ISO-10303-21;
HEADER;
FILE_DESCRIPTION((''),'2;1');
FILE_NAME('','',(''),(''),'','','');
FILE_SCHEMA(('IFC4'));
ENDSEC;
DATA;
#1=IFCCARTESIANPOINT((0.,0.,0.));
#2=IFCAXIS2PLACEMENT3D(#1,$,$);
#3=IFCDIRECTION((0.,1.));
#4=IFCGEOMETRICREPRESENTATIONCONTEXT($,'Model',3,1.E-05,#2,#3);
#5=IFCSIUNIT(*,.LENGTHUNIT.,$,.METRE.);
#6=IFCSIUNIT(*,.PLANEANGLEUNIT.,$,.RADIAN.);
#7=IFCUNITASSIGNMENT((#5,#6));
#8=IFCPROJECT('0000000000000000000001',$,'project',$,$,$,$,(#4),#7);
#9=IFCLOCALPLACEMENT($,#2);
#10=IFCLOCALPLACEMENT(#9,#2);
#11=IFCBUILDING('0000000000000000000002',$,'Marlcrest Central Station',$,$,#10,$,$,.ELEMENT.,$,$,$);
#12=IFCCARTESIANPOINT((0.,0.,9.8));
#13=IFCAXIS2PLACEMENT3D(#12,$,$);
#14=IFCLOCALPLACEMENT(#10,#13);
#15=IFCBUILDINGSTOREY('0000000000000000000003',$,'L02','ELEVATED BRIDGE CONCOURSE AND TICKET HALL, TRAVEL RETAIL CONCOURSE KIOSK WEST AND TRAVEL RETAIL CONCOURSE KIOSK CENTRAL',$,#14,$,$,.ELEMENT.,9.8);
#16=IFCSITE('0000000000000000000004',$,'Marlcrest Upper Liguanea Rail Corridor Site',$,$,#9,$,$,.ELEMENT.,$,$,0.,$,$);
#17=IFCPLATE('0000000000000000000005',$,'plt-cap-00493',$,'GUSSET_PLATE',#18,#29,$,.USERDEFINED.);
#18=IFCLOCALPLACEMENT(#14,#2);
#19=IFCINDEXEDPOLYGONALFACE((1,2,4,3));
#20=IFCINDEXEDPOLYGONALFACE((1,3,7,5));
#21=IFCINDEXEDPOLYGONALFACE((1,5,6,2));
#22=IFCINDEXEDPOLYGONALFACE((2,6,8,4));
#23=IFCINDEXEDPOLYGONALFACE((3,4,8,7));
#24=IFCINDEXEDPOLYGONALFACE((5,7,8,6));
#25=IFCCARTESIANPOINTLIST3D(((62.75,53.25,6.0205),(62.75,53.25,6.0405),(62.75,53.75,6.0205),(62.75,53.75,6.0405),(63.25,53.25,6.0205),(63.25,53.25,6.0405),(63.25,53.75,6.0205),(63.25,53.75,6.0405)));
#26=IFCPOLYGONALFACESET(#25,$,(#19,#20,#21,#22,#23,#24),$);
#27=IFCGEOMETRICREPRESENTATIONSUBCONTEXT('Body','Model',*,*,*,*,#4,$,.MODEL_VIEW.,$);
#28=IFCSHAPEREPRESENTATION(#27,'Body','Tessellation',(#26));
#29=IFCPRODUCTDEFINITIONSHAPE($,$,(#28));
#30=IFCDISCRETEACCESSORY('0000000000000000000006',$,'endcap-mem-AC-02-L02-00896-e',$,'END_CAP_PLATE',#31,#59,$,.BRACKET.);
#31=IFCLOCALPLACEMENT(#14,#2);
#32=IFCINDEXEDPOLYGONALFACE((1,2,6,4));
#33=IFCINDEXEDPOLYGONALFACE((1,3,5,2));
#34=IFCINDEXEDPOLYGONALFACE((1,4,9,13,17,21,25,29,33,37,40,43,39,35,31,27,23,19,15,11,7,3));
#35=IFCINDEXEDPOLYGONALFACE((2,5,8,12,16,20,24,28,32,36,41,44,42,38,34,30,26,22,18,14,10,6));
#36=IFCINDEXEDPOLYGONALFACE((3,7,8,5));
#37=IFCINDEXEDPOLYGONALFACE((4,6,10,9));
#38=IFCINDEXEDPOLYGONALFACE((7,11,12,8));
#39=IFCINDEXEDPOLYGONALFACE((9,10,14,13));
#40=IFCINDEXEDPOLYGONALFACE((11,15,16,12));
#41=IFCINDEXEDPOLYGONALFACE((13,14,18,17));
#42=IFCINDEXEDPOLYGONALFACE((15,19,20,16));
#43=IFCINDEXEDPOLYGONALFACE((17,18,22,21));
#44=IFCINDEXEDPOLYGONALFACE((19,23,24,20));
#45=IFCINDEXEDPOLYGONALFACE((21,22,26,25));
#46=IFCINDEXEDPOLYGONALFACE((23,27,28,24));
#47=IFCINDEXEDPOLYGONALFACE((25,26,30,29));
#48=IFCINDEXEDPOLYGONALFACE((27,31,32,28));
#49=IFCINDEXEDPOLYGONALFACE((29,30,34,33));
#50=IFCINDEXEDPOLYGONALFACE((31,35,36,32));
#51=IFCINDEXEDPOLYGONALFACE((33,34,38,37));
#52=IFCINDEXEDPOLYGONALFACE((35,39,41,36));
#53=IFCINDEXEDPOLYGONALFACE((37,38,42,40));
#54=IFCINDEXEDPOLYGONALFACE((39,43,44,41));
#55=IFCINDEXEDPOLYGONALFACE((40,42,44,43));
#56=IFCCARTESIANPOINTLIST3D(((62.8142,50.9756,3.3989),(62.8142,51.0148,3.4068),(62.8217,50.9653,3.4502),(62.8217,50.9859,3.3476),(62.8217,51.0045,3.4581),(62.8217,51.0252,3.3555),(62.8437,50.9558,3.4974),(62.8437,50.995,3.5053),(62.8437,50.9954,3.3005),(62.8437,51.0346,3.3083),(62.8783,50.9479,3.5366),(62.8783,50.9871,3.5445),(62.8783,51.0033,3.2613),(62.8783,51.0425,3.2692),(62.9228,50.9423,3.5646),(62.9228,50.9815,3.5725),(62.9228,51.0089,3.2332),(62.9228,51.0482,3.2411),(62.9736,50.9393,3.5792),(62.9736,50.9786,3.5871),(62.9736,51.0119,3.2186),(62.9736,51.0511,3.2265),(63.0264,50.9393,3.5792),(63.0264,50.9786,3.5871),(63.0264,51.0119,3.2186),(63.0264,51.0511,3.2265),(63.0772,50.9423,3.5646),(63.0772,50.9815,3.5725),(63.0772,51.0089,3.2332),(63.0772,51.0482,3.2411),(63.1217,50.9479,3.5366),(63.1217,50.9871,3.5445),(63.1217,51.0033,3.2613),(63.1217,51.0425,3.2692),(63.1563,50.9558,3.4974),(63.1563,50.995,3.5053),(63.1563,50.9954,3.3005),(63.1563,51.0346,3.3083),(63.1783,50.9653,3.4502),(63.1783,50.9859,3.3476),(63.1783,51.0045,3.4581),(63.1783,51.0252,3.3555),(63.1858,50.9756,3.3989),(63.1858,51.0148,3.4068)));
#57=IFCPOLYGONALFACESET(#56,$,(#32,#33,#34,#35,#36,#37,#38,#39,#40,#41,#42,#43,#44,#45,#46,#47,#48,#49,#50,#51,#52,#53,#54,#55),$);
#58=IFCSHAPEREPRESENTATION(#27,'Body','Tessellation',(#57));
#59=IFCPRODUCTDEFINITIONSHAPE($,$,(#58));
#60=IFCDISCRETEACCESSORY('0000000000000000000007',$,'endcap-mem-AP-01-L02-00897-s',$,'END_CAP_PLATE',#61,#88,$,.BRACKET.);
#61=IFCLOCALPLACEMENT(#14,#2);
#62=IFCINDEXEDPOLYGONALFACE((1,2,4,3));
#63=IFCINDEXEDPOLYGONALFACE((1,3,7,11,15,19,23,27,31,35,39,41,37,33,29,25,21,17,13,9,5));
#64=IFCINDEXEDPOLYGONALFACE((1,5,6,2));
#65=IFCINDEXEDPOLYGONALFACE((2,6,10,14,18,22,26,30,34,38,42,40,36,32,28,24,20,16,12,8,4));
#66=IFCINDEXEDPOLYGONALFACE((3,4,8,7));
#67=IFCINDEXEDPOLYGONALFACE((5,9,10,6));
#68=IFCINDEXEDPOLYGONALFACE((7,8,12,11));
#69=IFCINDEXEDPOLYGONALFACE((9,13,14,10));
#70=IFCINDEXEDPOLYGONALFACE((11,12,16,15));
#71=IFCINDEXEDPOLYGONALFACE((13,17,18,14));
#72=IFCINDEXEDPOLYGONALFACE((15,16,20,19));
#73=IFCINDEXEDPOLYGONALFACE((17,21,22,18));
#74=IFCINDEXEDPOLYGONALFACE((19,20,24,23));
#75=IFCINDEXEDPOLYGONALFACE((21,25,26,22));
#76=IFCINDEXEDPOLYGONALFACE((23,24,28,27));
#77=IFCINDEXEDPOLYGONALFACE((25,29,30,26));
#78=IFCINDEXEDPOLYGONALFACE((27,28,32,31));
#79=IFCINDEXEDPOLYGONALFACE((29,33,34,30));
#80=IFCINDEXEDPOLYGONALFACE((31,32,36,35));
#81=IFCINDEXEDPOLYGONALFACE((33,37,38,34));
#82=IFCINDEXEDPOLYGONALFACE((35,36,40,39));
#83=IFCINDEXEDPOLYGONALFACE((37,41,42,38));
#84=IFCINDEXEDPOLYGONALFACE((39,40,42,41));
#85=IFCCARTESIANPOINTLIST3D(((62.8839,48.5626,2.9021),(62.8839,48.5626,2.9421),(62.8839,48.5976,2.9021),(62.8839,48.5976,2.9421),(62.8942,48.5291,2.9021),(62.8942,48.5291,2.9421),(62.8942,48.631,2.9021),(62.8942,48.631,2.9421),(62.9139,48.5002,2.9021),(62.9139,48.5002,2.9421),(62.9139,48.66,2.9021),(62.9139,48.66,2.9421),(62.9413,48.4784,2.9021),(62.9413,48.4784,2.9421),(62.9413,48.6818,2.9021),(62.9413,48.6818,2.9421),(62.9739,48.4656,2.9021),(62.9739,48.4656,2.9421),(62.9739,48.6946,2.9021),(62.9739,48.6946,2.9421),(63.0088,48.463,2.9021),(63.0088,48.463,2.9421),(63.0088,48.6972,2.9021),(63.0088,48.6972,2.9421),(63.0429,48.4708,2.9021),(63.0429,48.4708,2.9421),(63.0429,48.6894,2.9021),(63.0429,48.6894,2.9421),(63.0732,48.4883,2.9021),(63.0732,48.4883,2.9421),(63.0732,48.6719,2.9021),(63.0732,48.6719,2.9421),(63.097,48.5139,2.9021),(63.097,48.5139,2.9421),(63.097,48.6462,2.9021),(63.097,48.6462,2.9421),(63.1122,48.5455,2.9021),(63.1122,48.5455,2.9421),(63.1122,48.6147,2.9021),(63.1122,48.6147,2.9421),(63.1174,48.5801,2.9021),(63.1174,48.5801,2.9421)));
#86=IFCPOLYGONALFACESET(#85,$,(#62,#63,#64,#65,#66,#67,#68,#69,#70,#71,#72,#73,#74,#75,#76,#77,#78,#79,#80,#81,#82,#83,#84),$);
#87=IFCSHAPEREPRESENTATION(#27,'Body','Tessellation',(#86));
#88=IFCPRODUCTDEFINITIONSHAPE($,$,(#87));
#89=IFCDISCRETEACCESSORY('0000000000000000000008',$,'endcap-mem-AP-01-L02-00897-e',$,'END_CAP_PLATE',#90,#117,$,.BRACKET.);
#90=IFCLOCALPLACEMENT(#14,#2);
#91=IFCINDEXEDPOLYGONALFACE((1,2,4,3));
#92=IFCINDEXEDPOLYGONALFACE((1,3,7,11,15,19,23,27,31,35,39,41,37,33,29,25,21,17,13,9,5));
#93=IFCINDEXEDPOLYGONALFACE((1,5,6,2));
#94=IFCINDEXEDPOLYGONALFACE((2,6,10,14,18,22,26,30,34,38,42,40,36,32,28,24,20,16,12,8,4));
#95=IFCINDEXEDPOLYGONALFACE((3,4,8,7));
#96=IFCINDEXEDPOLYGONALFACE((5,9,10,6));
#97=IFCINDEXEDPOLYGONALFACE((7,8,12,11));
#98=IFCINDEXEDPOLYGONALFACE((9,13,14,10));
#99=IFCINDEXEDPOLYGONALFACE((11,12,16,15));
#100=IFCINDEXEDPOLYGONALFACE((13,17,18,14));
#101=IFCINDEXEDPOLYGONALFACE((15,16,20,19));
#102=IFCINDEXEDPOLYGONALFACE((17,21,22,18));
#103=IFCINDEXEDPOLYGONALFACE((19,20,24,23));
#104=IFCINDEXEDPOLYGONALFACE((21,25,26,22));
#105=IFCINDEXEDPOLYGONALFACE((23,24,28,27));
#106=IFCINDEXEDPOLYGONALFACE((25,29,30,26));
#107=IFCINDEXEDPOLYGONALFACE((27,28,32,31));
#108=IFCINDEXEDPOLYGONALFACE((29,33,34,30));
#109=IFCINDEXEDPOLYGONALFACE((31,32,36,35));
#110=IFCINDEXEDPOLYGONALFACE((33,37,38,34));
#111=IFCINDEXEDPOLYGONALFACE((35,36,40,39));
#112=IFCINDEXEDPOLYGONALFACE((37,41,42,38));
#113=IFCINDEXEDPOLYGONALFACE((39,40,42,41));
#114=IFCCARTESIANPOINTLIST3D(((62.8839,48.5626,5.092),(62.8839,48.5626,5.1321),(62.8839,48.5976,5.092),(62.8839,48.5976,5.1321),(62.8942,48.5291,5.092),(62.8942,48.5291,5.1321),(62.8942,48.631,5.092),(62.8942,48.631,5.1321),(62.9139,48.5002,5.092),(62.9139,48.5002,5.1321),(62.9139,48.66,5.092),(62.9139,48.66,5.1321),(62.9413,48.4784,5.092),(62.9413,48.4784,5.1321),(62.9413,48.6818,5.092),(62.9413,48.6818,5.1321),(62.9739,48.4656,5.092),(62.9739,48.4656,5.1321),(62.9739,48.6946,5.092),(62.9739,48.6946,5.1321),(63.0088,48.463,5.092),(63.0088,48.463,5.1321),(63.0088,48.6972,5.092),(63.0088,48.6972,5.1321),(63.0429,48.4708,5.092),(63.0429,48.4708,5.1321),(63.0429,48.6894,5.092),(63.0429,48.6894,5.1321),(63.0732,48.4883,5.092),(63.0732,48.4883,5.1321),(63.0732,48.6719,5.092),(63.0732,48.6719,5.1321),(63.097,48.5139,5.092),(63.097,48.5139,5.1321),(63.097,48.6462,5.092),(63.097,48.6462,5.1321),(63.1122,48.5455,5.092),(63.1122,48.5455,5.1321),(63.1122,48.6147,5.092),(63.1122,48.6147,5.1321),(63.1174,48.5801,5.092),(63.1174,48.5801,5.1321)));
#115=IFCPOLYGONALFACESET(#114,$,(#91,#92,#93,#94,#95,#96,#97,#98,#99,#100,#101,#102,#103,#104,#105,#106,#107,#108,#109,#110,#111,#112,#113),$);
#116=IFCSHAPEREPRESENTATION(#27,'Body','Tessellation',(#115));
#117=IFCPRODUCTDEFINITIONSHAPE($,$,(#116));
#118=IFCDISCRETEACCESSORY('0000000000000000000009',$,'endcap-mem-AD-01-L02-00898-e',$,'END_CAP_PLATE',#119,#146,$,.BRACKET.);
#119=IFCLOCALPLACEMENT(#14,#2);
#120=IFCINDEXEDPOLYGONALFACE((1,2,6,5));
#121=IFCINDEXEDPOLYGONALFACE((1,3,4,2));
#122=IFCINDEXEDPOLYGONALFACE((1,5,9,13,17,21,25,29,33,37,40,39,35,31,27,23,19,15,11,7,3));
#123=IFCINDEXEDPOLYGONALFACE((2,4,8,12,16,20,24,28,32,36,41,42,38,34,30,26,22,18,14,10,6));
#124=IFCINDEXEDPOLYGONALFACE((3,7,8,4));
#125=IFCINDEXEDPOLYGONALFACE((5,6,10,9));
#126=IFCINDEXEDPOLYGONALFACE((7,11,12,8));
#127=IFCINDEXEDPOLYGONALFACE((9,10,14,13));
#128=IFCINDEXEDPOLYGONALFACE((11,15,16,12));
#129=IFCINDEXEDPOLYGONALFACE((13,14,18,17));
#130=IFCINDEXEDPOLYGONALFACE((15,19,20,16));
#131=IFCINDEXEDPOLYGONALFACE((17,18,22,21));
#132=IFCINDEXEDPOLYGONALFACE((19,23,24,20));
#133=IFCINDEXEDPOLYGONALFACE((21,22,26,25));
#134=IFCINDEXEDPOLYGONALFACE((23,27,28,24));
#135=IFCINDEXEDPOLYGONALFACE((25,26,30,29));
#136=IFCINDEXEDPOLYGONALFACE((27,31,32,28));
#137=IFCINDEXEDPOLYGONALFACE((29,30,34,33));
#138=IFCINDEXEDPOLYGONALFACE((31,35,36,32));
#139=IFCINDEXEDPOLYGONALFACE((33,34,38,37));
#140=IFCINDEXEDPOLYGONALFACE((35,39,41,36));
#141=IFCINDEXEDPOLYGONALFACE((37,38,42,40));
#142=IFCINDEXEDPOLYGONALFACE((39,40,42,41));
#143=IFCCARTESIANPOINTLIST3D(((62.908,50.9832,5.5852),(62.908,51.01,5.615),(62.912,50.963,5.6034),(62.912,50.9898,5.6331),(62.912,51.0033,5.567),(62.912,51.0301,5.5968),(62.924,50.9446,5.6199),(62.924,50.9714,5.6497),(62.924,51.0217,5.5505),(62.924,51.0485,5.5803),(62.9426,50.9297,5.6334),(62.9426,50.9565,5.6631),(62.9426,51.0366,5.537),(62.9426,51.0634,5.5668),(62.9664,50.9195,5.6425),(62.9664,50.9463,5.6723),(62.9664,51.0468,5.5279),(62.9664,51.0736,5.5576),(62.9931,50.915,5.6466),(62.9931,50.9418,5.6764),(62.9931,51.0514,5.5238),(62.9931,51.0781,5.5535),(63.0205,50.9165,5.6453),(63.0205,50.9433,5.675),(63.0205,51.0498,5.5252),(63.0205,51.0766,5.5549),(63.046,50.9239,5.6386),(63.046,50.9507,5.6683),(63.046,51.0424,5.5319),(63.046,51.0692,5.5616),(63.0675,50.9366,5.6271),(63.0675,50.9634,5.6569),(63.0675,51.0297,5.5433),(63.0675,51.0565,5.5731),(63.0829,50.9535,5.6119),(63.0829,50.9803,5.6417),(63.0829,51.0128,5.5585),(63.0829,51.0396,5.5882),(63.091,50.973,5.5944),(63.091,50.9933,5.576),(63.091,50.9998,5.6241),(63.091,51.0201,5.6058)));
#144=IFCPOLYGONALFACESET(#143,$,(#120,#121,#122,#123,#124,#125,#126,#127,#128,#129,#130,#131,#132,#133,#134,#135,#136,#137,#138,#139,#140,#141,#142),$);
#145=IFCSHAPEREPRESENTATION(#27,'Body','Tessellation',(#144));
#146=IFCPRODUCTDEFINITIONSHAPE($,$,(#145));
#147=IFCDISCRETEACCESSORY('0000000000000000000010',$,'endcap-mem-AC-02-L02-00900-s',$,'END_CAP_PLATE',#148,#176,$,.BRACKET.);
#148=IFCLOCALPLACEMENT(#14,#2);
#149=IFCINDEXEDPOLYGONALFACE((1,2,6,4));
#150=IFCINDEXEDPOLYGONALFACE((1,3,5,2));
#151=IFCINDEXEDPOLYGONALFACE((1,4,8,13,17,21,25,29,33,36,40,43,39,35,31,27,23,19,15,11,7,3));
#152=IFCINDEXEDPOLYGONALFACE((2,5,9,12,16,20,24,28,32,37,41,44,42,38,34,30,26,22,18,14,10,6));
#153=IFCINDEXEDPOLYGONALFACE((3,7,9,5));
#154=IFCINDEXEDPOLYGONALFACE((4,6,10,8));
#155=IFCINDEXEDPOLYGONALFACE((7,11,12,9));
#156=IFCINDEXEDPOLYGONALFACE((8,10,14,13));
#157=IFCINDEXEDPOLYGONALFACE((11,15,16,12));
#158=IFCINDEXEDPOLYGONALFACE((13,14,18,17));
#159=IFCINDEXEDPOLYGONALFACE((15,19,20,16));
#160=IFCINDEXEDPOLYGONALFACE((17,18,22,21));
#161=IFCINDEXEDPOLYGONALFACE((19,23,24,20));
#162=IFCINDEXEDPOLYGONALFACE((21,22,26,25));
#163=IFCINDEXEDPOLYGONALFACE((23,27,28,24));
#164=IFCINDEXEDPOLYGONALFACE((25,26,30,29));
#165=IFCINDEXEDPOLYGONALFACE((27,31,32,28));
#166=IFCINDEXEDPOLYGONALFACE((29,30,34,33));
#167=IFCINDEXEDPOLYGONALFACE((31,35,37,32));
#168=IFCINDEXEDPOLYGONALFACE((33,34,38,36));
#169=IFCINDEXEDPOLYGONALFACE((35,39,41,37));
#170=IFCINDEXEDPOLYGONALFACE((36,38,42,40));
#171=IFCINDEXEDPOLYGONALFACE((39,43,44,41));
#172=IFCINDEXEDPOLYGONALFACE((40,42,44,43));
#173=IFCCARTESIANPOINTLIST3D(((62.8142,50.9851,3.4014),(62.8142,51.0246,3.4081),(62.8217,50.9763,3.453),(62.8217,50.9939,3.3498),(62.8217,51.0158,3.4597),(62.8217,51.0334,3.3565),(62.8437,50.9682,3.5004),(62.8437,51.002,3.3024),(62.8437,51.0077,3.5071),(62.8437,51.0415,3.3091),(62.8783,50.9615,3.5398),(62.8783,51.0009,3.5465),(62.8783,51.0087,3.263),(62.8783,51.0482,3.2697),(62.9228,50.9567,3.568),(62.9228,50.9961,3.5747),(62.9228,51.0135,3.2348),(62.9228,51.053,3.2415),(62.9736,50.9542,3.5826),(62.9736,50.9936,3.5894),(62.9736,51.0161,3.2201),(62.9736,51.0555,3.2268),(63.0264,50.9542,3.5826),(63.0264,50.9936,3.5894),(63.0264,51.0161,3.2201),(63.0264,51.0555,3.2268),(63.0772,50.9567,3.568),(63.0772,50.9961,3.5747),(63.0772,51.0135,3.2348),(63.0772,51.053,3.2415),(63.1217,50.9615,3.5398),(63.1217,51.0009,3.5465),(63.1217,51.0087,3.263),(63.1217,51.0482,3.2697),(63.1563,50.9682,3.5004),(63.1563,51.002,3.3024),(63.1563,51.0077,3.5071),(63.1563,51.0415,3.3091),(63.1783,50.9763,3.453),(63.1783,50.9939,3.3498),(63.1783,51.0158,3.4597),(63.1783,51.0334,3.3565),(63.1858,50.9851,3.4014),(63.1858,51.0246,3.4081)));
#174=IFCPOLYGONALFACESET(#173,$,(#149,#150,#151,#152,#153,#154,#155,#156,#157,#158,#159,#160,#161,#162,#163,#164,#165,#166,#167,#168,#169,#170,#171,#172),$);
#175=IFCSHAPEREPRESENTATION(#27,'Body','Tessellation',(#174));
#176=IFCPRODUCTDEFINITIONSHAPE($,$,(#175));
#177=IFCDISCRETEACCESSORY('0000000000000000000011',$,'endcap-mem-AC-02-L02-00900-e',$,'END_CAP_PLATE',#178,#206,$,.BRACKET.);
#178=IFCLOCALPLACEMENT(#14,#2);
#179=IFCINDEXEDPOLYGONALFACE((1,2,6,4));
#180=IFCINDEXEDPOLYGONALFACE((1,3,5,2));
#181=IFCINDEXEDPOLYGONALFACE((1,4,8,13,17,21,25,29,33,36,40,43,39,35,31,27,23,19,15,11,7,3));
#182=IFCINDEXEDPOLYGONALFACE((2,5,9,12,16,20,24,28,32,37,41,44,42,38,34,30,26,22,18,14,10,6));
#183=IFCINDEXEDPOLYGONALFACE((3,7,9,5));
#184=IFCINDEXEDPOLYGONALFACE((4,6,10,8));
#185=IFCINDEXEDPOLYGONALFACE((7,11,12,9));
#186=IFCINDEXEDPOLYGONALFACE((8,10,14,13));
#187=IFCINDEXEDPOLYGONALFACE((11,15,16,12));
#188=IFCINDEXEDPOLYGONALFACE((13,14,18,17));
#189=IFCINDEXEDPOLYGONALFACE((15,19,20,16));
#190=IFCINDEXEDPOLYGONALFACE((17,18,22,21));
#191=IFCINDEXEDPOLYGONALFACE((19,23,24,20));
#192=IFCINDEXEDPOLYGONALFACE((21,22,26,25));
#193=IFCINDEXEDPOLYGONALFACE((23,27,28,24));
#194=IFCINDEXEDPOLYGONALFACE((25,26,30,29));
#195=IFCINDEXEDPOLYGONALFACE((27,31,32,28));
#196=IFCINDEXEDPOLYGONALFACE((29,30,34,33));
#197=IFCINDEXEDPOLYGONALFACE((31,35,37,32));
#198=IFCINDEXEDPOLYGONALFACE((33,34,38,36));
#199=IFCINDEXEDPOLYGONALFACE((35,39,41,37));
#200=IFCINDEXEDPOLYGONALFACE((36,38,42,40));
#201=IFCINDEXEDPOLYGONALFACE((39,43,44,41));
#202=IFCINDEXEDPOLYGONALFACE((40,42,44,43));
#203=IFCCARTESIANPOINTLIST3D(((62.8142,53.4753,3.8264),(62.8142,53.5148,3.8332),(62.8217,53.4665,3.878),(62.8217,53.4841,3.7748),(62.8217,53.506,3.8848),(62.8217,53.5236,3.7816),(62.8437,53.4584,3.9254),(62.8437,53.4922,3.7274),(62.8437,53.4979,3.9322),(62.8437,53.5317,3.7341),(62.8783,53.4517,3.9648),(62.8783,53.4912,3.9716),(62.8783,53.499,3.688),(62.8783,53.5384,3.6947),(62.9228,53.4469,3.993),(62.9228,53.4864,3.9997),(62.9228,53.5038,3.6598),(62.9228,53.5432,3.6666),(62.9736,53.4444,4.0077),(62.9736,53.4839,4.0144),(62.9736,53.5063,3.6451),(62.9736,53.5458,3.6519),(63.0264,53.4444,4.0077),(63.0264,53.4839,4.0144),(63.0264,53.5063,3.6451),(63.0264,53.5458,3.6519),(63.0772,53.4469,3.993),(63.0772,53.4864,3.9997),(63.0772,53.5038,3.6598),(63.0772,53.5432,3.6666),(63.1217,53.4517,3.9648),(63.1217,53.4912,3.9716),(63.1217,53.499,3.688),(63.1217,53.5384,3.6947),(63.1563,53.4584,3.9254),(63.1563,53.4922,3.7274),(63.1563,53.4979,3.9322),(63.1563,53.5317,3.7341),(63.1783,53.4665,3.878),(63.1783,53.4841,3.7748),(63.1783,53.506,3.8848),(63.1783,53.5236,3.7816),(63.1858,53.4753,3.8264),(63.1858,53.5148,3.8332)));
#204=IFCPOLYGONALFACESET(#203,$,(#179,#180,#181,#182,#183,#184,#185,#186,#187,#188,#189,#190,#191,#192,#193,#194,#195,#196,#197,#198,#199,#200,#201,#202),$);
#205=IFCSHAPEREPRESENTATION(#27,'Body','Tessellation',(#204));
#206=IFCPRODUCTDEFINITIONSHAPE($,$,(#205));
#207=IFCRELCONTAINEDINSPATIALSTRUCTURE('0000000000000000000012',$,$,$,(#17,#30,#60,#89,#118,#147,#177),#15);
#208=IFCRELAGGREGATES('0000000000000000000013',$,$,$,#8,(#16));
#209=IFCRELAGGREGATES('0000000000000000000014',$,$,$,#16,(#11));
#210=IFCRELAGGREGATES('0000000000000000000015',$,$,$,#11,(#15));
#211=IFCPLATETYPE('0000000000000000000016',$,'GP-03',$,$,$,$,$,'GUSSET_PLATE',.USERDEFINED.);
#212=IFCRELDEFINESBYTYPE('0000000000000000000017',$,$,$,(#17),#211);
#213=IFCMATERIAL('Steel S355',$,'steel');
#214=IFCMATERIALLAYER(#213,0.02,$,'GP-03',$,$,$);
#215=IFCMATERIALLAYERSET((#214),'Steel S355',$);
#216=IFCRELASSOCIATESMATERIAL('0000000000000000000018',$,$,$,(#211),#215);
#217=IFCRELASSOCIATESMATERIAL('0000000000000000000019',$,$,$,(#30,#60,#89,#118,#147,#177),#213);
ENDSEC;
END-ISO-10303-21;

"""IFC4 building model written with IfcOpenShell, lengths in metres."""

from ifc_helpers import new_model, si_unit, direction, frame, origin, origin_2d, place, context, subcontext, project, spatial, rectangle, circle, extrude, material, layer, layer_set, type_object, element, save


model = new_model("IFC4")

# Units and contexts
model_context = context("Model", 3, precision=1e-05, world=origin(), true_north=direction((0.0, 1.0)))
body_context = subcontext(model_context, "Body", "Model", "MODEL_VIEW")
ifc_project = project(units=[si_unit("LENGTHUNIT", "METRE"), si_unit("PLANEANGLEUNIT", "RADIAN")], contexts=[model_context])

# Site, building, storey
site_placement = place(None, origin())
site = spatial("IfcSite", under=ifc_project, at=site_placement, Name="Marlcrest Upper Liguanea Rail Corridor Site", CompositionType="ELEMENT", RefElevation=0.0)
building_placement = place(site_placement, origin())
building = spatial("IfcBuilding", under=site, at=building_placement, Name="Marlcrest Central Station", CompositionType="ELEMENT")
storey_placement = place(building_placement, frame((0.0, 0.0, 9.8)))
storey = spatial("IfcBuildingStorey", under=building, at=storey_placement, Name="L02", Description="ELEVATED BRIDGE CONCOURSE AND TICKET HALL, TRAVEL RETAIL CONCOURSE KIOSK WEST AND TRAVEL RETAIL CONCOURSE KIOSK CENTRAL", CompositionType="ELEMENT", Elevation=9.8)

# Shared definitions
ifc_material = material(Name="Steel S355", Category="steel")

# Plate
ifc_layer = layer(ifc_material, 0.02, Name="GP-03")
ifc_layer_set = layer_set([ifc_layer], Name="Steel S355")
plate_type = type_object("IfcPlateType", Name="GP-03", ElementType="GUSSET_PLATE", PredefinedType="USERDEFINED", material=ifc_layer_set)
for number, where, z_axis, x_axis, name in (
    (1, (63.0, 53.5, 6.0205), (0.0, 0.0, 1.0), (1.0, 0.0, 0.0), "plt-cap-00493"),
):
    element("IfcPlate", number, at=place(storey_placement, frame(where, z_axis=z_axis, x_axis=x_axis)), inside=storey, type_object=plate_type, Name=name, ObjectType="GUSSET_PLATE", PredefinedType="USERDEFINED", context=body_context, shape_type="SweptSolid", body=[
        extrude(rectangle(XDim=0.5, YDim=0.5, at=origin_2d()), origin(), (0.0, 0.0, 1.0), 0.02),
    ])

# Discrete accessories
discrete_accessory_1_placement = place(storey_placement, frame((63.0, 50.9756, 3.3989), z_axis=(0.0, 0.980359, 0.197219), x_axis=(-1.0, 0.0, 0.0)))
element("IfcDiscreteAccessory", 2, at=discrete_accessory_1_placement, inside=storey, material=ifc_material, Name="endcap-mem-AC-02-L02-00896-e", ObjectType="END_CAP_PLATE", PredefinedType="BRACKET", context=body_context, shape_type="SweptSolid", body=[
    extrude(circle(Radius=0.1858, at=origin_2d()), origin(), (0.0, 0.0, 1.0), 0.04),
])
for number, where, z_axis, x_axis, name in (
    (3, (63.0, 48.5801, 2.9021), (0.0, 0.0, 1.0), (1.0, 0.0, 0.0), "endcap-mem-AP-01-L02-00897-s"),
    (4, (63.0, 48.5801, 5.092), (0.0, 0.0, 1.0), (1.0, 0.0, 0.0), "endcap-mem-AP-01-L02-00897-e"),
):
    element("IfcDiscreteAccessory", number, at=place(storey_placement, frame(where, z_axis=z_axis, x_axis=x_axis)), inside=storey, material=ifc_material, Name=name, ObjectType="END_CAP_PLATE", PredefinedType="BRACKET", context=body_context, shape_type="SweptSolid", body=[
        extrude(circle(Radius=0.1174, at=origin_2d()), origin(), (0.0, 0.0, 1.0), 0.04),
    ])
discrete_accessory_2_placement = place(storey_placement, frame((63.0, 50.9832, 5.5852), z_axis=(0.0, 0.669244, 0.743042), x_axis=(-1.0, 0.0, 0.0)))
element("IfcDiscreteAccessory", 5, at=discrete_accessory_2_placement, inside=storey, material=ifc_material, Name="endcap-mem-AD-01-L02-00898-e", ObjectType="END_CAP_PLATE", PredefinedType="BRACKET", context=body_context, shape_type="SweptSolid", body=[
    extrude(circle(Radius=0.092, at=origin_2d()), origin(), (0.0, 0.0, 1.0), 0.04),
])
for number, where, z_axis, x_axis, name in (
    (6, (63.0, 50.9851, 3.4014), (0.0, 0.985741, 0.168269), (-1.0, 0.0, 0.0), "endcap-mem-AC-02-L02-00900-s"),
    (7, (63.0, 53.4753, 3.8264), (0.0, 0.985741, 0.168269), (-1.0, 0.0, 0.0), "endcap-mem-AC-02-L02-00900-e"),
):
    element("IfcDiscreteAccessory", number, at=place(storey_placement, frame(where, z_axis=z_axis, x_axis=x_axis)), inside=storey, material=ifc_material, Name=name, ObjectType="END_CAP_PLATE", PredefinedType="BRACKET", context=body_context, shape_type="SweptSolid", body=[
        extrude(circle(Radius=0.1858, at=origin_2d()), origin(), (0.0, 0.0, 1.0), 0.04),
    ])

save(model, "model.ifc")
